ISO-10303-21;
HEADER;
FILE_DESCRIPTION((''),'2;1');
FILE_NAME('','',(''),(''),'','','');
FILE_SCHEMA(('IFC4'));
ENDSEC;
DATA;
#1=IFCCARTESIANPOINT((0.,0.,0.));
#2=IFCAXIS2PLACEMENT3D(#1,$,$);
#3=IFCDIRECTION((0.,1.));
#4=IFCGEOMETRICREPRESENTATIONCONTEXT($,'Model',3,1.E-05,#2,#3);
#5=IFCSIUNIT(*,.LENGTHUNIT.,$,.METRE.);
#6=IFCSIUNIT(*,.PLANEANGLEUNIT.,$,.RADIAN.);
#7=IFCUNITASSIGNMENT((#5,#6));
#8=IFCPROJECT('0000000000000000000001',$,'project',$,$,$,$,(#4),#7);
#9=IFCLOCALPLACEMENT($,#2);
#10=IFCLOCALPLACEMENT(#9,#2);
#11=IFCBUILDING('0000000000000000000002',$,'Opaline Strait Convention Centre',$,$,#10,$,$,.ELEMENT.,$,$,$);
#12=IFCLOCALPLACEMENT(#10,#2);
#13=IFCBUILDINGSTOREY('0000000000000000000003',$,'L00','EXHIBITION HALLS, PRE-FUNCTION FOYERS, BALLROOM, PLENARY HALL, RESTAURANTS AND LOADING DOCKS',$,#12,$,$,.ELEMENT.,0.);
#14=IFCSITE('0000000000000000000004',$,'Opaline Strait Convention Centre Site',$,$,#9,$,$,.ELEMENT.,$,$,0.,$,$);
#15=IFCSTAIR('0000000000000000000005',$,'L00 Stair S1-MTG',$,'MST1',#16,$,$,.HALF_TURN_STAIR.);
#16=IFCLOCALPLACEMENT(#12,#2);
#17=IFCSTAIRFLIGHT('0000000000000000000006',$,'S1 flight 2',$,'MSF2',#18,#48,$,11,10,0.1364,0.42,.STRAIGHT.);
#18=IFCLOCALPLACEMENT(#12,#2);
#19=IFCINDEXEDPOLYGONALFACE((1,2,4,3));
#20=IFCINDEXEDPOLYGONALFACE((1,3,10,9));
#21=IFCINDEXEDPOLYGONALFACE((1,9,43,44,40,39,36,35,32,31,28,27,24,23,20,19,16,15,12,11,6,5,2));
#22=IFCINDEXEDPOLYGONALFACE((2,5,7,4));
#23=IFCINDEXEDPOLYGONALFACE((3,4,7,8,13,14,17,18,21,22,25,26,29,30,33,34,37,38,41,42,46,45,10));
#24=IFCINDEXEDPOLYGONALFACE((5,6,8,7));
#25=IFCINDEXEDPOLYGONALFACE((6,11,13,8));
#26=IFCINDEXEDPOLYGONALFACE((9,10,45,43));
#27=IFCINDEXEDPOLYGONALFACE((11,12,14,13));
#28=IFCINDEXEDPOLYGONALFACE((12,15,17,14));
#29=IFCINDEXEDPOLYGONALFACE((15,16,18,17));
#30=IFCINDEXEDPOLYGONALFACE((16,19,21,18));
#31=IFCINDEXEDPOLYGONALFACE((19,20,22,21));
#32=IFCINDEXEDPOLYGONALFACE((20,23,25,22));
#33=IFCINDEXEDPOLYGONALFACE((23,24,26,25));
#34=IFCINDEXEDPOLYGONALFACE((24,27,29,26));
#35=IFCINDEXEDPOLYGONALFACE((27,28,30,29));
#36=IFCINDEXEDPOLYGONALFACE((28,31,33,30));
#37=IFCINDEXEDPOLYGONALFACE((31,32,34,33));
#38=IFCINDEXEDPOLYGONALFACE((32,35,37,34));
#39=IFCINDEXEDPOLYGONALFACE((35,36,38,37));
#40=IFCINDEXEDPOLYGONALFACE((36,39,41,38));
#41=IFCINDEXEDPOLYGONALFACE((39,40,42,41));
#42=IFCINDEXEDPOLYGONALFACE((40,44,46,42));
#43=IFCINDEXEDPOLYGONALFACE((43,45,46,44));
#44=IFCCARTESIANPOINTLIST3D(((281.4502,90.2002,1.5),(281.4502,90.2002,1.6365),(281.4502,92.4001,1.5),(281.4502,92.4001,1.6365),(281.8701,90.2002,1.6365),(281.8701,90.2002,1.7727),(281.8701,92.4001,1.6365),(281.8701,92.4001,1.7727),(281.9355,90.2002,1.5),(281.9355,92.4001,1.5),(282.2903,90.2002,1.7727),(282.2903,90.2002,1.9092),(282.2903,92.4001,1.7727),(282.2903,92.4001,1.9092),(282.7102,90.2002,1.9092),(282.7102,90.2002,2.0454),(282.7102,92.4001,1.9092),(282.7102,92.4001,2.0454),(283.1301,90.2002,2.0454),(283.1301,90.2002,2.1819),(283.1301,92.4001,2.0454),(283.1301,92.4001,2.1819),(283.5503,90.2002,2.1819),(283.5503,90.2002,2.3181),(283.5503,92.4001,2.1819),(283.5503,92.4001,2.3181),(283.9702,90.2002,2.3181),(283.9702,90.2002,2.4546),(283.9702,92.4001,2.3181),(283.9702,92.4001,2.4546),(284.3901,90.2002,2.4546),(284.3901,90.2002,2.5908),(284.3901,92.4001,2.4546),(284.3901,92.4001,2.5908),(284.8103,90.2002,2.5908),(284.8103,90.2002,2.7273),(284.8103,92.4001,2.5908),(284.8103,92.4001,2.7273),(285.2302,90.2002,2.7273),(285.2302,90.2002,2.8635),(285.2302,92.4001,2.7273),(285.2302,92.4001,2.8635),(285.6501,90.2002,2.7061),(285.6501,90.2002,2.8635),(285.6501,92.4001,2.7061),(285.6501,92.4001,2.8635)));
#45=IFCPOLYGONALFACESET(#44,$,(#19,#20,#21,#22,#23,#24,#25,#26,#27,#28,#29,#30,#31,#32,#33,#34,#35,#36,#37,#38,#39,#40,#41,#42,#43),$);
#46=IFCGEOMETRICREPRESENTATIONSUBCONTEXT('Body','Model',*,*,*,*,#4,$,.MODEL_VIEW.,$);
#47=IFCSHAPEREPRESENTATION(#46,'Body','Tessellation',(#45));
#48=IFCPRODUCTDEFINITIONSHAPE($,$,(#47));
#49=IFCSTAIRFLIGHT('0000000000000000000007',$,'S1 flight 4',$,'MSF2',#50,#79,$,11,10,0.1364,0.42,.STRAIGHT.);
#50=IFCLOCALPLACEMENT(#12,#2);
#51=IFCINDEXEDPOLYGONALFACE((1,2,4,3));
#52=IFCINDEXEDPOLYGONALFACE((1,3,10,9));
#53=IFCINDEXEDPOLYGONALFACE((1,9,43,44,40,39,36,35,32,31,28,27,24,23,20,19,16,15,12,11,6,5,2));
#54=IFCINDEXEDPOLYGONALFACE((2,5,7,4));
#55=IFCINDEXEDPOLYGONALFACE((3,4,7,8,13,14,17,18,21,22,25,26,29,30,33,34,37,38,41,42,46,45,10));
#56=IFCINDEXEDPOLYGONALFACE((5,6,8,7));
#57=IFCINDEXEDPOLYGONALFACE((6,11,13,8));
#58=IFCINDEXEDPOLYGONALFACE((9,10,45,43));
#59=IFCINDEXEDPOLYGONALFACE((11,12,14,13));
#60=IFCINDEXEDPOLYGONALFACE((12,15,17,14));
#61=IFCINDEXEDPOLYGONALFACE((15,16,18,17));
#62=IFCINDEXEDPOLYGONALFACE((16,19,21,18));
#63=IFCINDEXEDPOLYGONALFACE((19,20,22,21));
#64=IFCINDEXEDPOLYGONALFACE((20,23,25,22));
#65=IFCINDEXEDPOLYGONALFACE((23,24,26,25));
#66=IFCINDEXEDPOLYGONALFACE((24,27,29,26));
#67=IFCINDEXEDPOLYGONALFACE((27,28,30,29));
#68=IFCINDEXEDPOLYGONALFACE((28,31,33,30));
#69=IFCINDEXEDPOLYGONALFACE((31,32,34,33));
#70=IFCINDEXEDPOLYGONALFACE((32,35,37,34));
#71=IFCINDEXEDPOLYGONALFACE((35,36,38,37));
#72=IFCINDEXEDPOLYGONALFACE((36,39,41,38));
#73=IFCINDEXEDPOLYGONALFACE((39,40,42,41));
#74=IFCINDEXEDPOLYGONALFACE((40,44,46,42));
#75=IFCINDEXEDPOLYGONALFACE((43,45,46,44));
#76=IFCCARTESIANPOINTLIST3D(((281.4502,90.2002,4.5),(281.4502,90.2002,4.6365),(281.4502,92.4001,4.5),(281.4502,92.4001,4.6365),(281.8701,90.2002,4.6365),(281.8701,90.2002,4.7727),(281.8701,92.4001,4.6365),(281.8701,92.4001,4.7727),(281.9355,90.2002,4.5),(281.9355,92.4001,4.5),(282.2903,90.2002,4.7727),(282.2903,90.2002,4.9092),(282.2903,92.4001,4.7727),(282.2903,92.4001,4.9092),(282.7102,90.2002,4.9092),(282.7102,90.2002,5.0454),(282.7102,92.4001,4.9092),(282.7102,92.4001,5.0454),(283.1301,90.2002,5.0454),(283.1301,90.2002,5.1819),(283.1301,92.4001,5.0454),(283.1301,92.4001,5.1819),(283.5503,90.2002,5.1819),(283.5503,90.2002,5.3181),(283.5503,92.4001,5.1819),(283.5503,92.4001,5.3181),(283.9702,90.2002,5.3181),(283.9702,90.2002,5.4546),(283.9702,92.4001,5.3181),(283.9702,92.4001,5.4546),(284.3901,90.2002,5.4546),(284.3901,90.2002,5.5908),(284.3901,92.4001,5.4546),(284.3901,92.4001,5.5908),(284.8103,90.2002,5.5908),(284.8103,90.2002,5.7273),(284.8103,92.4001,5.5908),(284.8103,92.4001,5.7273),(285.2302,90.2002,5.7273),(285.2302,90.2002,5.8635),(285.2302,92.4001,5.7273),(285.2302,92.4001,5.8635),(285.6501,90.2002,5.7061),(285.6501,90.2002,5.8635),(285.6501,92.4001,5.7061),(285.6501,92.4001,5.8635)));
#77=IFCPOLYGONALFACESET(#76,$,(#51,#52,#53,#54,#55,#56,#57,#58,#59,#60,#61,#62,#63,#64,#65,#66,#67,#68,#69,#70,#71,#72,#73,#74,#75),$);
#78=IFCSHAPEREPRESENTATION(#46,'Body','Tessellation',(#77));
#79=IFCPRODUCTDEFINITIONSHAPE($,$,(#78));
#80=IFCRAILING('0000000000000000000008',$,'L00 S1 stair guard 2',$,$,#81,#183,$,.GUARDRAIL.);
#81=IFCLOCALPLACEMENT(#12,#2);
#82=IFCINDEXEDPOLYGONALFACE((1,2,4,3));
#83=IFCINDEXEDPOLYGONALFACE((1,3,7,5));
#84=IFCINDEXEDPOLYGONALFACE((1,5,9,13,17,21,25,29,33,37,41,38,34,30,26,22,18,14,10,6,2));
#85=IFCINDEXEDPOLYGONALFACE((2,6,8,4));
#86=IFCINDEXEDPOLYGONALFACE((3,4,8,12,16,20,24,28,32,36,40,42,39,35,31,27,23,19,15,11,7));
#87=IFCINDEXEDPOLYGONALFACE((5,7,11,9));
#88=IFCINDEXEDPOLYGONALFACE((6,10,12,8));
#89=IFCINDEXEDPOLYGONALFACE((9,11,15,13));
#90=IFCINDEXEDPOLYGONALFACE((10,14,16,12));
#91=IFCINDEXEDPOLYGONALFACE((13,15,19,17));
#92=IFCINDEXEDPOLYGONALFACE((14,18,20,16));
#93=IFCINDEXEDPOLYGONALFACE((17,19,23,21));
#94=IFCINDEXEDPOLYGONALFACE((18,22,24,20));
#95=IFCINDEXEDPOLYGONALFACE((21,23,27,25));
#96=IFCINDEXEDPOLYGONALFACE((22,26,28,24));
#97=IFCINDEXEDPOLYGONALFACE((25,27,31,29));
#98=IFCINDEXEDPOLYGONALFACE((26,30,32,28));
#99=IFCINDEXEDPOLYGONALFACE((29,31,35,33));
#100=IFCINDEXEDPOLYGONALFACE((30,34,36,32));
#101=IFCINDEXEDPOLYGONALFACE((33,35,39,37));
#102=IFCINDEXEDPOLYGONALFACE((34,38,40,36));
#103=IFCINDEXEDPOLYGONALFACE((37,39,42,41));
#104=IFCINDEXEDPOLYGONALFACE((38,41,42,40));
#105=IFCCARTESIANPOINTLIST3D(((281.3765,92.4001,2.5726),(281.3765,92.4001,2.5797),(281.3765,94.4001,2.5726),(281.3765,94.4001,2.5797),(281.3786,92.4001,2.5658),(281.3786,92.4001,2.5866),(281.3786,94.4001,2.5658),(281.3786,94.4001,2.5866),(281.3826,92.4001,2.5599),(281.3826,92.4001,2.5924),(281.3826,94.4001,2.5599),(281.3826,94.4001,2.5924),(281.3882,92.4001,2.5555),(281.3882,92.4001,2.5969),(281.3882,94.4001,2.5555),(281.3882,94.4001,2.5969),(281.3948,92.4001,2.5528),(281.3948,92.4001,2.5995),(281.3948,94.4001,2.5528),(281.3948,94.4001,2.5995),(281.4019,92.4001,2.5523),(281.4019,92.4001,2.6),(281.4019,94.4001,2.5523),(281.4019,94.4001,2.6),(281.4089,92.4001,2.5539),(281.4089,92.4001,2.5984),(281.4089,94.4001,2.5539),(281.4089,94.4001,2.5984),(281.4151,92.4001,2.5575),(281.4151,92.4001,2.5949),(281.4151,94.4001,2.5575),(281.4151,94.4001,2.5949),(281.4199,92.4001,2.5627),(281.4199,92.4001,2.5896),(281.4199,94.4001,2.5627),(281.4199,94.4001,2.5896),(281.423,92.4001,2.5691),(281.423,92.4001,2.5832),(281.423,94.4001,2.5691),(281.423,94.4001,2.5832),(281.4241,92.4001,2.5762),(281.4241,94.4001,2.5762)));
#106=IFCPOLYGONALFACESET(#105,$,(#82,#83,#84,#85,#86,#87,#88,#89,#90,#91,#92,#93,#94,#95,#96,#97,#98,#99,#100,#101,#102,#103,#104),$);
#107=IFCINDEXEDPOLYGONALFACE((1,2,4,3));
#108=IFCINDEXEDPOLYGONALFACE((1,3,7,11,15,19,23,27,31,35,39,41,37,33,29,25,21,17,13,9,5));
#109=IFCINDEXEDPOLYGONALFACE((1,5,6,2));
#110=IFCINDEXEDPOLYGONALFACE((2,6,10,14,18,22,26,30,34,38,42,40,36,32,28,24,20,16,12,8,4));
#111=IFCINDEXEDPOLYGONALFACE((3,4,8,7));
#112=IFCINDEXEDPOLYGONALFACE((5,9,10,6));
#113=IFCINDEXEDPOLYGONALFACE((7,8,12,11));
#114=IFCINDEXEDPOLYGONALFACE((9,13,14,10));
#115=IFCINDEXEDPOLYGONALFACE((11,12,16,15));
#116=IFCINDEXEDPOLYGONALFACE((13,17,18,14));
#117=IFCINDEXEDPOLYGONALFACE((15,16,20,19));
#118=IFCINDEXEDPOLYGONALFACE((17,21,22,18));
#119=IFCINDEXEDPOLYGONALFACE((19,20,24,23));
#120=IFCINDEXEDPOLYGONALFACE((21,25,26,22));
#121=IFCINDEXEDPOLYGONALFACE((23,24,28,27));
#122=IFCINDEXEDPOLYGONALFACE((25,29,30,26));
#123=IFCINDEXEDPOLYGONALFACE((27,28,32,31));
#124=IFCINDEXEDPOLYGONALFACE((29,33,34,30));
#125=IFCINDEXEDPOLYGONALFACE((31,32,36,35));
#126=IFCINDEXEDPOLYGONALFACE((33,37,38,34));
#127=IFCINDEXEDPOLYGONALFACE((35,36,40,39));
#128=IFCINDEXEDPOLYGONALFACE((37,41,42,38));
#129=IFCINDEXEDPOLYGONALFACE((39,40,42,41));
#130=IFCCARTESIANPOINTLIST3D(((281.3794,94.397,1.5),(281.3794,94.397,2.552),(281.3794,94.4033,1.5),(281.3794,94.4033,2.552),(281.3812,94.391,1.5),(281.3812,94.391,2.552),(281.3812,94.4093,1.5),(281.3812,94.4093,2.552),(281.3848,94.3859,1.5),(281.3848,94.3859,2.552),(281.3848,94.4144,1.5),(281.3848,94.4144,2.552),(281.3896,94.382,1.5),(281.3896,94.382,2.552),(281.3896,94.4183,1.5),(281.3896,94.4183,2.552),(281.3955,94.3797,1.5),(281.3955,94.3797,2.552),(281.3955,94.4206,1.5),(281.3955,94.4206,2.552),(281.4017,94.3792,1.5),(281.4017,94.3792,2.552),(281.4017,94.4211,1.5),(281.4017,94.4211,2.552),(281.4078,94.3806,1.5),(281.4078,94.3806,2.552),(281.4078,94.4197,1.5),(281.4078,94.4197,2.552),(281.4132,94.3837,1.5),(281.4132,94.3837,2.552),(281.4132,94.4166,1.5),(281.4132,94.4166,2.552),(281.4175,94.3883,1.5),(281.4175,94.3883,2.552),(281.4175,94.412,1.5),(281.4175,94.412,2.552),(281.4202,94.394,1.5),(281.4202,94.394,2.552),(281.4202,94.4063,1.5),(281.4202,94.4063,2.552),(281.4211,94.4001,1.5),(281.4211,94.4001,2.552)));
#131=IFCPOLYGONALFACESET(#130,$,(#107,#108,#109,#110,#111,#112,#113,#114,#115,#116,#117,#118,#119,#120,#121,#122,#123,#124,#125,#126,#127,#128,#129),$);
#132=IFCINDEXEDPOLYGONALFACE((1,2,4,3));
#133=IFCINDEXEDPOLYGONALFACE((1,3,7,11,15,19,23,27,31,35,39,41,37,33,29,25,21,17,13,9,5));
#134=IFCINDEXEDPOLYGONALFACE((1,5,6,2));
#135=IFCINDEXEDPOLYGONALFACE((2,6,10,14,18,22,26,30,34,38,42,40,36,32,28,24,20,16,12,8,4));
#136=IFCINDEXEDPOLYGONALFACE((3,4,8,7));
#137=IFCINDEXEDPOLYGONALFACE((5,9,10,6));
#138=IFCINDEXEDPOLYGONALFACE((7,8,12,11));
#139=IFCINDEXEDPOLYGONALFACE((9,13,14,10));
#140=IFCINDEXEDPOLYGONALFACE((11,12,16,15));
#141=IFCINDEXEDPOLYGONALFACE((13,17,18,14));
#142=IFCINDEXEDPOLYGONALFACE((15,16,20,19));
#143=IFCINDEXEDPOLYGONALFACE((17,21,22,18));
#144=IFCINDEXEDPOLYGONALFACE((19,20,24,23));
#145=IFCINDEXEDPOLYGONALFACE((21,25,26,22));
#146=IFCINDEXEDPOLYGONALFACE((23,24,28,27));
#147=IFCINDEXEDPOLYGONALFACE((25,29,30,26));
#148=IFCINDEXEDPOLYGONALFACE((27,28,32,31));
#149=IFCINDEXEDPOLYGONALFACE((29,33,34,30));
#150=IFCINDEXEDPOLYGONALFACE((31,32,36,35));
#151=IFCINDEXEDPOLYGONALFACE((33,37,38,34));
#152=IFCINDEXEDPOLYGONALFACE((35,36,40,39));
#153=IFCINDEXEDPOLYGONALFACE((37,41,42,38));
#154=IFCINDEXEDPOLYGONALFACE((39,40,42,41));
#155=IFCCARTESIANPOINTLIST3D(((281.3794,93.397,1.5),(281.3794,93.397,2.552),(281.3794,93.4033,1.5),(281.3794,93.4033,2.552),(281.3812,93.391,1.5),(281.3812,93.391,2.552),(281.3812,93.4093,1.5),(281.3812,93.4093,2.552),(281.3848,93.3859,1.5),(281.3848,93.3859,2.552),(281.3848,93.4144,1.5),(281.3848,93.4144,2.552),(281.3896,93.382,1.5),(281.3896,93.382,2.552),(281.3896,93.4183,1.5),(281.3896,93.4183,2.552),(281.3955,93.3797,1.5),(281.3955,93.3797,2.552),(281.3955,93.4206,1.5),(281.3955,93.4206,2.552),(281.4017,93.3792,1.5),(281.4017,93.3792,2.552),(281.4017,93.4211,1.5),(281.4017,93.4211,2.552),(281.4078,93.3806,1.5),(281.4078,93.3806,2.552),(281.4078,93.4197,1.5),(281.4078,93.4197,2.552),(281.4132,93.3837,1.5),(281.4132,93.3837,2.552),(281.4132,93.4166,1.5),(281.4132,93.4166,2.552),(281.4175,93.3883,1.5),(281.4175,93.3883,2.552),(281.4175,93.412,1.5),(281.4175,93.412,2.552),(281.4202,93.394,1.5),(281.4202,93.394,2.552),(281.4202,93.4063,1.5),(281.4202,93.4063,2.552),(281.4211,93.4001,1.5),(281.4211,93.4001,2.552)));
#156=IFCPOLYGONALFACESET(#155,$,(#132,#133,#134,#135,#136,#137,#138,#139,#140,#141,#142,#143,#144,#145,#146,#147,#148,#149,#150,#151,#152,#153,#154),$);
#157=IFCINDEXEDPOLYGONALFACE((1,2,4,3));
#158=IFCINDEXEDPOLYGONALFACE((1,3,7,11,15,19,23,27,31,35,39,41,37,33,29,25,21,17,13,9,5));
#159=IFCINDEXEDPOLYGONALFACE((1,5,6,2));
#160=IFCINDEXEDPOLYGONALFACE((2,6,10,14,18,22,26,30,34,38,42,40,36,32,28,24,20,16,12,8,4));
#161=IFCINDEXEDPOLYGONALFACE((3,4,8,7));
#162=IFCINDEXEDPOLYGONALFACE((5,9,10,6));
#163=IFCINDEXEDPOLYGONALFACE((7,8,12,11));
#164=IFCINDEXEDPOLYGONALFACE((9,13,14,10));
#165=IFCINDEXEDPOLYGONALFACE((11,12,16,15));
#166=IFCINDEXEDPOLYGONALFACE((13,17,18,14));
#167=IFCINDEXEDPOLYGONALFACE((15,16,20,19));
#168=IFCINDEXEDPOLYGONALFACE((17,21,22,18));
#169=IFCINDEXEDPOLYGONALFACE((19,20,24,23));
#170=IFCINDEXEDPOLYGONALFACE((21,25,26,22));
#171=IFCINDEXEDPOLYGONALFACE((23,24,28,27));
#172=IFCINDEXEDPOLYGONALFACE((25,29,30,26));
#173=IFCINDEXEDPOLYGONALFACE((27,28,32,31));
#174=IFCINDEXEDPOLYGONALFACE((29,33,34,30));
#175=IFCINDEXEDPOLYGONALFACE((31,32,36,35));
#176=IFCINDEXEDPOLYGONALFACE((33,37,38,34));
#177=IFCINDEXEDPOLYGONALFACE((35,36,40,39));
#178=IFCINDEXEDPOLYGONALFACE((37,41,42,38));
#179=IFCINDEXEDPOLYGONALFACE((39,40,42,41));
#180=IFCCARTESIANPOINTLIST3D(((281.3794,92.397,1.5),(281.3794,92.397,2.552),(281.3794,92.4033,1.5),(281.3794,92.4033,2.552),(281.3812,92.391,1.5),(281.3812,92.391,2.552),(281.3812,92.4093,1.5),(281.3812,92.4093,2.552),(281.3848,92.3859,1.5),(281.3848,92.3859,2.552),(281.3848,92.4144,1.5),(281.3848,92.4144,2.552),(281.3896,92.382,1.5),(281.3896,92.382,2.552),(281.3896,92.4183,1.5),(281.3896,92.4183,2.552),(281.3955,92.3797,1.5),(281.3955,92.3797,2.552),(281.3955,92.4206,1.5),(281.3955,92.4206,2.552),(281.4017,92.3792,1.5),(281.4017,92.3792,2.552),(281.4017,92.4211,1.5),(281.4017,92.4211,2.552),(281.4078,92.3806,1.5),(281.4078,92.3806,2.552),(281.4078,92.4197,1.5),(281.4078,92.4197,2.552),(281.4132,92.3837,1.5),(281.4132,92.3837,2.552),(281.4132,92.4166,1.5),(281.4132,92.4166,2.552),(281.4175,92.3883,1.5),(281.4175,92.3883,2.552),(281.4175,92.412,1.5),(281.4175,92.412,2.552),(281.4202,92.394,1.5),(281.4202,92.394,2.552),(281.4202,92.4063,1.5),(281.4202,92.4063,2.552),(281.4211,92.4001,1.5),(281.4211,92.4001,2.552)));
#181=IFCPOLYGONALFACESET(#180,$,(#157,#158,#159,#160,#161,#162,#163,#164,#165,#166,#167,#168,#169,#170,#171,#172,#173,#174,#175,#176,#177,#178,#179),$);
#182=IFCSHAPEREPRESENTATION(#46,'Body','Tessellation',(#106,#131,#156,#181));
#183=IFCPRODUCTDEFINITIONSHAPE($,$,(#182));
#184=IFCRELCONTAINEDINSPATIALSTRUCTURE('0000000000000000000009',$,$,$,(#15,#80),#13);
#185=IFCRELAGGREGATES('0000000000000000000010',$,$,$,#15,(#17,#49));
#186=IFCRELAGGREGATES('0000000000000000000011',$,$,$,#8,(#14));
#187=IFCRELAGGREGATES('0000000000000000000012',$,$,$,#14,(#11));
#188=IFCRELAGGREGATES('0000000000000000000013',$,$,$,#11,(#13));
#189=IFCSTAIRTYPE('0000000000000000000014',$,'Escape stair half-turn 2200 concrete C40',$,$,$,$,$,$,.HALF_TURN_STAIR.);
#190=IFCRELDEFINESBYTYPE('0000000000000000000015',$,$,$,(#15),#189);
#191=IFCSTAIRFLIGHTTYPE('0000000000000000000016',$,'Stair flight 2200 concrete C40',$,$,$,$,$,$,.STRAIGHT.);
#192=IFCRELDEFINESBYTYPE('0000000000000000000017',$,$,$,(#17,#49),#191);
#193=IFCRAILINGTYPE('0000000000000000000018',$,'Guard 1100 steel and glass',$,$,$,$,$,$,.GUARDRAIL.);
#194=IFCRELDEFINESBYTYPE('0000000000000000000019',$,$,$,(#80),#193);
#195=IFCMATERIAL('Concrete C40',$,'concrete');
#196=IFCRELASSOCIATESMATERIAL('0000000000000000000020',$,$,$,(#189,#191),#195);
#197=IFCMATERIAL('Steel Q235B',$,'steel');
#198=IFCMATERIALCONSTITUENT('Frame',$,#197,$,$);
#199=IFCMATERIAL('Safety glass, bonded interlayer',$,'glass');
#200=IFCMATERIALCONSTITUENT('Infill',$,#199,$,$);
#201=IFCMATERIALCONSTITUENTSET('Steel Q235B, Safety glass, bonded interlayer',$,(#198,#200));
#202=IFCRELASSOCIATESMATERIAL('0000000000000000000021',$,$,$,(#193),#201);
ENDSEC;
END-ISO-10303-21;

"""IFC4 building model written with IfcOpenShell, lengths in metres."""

from ifc_helpers import new_model, si_unit, direction, frame, origin, origin_2d, place, context, subcontext, project, spatial, polyline, circle, outline, extrude, material, constituent, constituent_set, type_object, element, aggregate, save


model = new_model("IFC4")

# Units and contexts
model_context = context("Model", 3, precision=1e-05, world=origin(), true_north=direction((0.0, 1.0)))
body_context = subcontext(model_context, "Body", "Model", "MODEL_VIEW")
ifc_project = project(units=[si_unit("LENGTHUNIT", "METRE"), si_unit("PLANEANGLEUNIT", "RADIAN")], contexts=[model_context])

# Site, building, storey
site_placement = place(None, origin())
site = spatial("IfcSite", under=ifc_project, at=site_placement, Name="Opaline Strait Convention Centre Site", CompositionType="ELEMENT", RefElevation=0.0)
building_placement = place(site_placement, origin())
building = spatial("IfcBuilding", under=site, at=building_placement, Name="Opaline Strait Convention Centre", CompositionType="ELEMENT")
storey_placement = place(building_placement, origin())
storey = spatial("IfcBuildingStorey", under=building, at=storey_placement, Name="L00", Description="EXHIBITION HALLS, PRE-FUNCTION FOYERS, BALLROOM, PLENARY HALL, RESTAURANTS AND LOADING DOCKS", CompositionType="ELEMENT", Elevation=0.0)

# Shared definitions
ifc_material_1 = material(Name="Concrete C40", Category="concrete")

# Stair, stair flights
stair_type = type_object("IfcStairType", Name="Escape stair half-turn 2200 concrete C40", PredefinedType="HALF_TURN_STAIR", material=ifc_material_1)
stair_placement = place(storey_placement, origin())
stair = element("IfcStair", 1, at=stair_placement, inside=storey, type_object=stair_type, Name="L00 Stair S1-MTG", ObjectType="MST1", PredefinedType="HALF_TURN_STAIR")
stair_flight_type = type_object("IfcStairFlightType", Name="Stair flight 2200 concrete C40", PredefinedType="STRAIGHT", material=ifc_material_1)
stair_flight_1_placement = place(storey_placement, frame((281.4502, 91.3, 1.5), z_axis=(0.0, 0.0, 1.0), x_axis=(1.0, 0.0, 0.0)))
stair_flight_1 = element("IfcStairFlight", 2, at=stair_flight_1_placement, type_object=stair_flight_type, Name="S1 flight 2", ObjectType="MSF2", NumberOfRisers=11, NumberOfTreads=10, PredefinedType="STRAIGHT", RiserHeight=0.1364, TreadLength=0.42, context=body_context, shape_type="SweptSolid", body=[
    extrude(outline(polyline([(0.0, 0.0), (0.0, 0.1365), (0.4199, 0.1365), (0.4199, 0.2727), (0.8401, 0.2727), (0.8401, 0.4092), (1.26, 0.4092), (1.26, 0.5454), (1.6799, 0.5454), (1.6799, 0.6819), (2.1001, 0.6819), (2.1001, 0.8181), (2.52, 0.8181), (2.52, 0.9546), (2.9399, 0.9546), (2.9399, 1.0908), (3.3601, 1.0908), (3.3601, 1.2273), (3.78, 1.2273), (3.78, 1.3635), (4.2, 1.3635), (4.2, 1.5), (4.2, 1.2061), (0.4854, 0.0), (0.0, 0.0)])), frame((0.0, 1.1001, 0.0), z_axis=(0.0, -1.0, 0.0), x_axis=(1.0, 0.0, 0.0)), (0.0, 0.0, 1.0), 2.2),
])
stair_flight_2_placement = place(storey_placement, frame((281.4502, 91.3, 4.5), z_axis=(0.0, 0.0, 1.0), x_axis=(1.0, 0.0, 0.0)))
stair_flight_2 = element("IfcStairFlight", 3, at=stair_flight_2_placement, type_object=stair_flight_type, Name="S1 flight 4", ObjectType="MSF2", NumberOfRisers=11, NumberOfTreads=10, PredefinedType="STRAIGHT", RiserHeight=0.1364, TreadLength=0.42, context=body_context, shape_type="SweptSolid", body=[
    extrude(outline(polyline([(0.0, 0.0), (0.0, 0.1365), (0.4199, 0.1365), (0.4199, 0.2727), (0.8401, 0.2727), (0.8401, 0.4092), (1.26, 0.4092), (1.26, 0.5454), (1.6799, 0.5454), (1.6799, 0.6819), (2.1001, 0.6819), (2.1001, 0.8181), (2.52, 0.8181), (2.52, 0.9546), (2.9399, 0.9546), (2.9399, 1.0908), (3.3601, 1.0908), (3.3601, 1.2273), (3.78, 1.2273), (3.78, 1.3635), (4.2, 1.3635), (4.2, 1.5), (4.2, 1.2061), (0.4854, 0.0), (0.0, 0.0)])), frame((0.0, 1.1001, 0.0), z_axis=(0.0, -1.0, 0.0), x_axis=(1.0, 0.0, 0.0)), (0.0, 0.0, 1.0), 2.2),
])
aggregate(stair, [stair_flight_1, stair_flight_2])

# Railing
ifc_material_2 = material(Name="Steel Q235B", Category="steel")
ifc_constituent_1 = constituent(ifc_material_2, Name="Frame")
ifc_material_3 = material(Name="Safety glass, bonded interlayer", Category="glass")
ifc_constituent_2 = constituent(ifc_material_3, Name="Infill")
ifc_constituent_set = constituent_set(constituents=[ifc_constituent_1, ifc_constituent_2], Name="Steel Q235B, Safety glass, bonded interlayer")
railing_type_1 = type_object("IfcRailingType", Name="Guard 1100 steel and glass", PredefinedType="GUARDRAIL", material=ifc_constituent_set)
railing_1_placement = place(storey_placement, frame((281.4001, 94.4001, 1.5)))
element("IfcRailing", 4, at=railing_1_placement, inside=storey, type_object=railing_type_1, Name="L00 S1 stair guard 2", PredefinedType="GUARDRAIL", context=body_context, shape_type="SweptSolid", body=[
    extrude(circle(Radius=0.0239, at=origin_2d()), frame((0.0, 0.0, 1.0762), z_axis=(0.0, -1.0, 0.0), x_axis=(1.0, 0.0, 0.0)), (0.0, 0.0, 1.0), 2.0),
    extrude(circle(Radius=0.021, at=origin_2d()), origin(), (0.0, 0.0, 1.0), 1.052),
    extrude(circle(Radius=0.021, at=origin_2d()), frame((0.0, -1.0, 0.0)), (0.0, 0.0, 1.0), 1.052),
    extrude(circle(Radius=0.021, at=origin_2d()), frame((0.0, -2.0, 0.0)), (0.0, 0.0, 1.0), 1.052),
])

save(model, "model.ifc")
